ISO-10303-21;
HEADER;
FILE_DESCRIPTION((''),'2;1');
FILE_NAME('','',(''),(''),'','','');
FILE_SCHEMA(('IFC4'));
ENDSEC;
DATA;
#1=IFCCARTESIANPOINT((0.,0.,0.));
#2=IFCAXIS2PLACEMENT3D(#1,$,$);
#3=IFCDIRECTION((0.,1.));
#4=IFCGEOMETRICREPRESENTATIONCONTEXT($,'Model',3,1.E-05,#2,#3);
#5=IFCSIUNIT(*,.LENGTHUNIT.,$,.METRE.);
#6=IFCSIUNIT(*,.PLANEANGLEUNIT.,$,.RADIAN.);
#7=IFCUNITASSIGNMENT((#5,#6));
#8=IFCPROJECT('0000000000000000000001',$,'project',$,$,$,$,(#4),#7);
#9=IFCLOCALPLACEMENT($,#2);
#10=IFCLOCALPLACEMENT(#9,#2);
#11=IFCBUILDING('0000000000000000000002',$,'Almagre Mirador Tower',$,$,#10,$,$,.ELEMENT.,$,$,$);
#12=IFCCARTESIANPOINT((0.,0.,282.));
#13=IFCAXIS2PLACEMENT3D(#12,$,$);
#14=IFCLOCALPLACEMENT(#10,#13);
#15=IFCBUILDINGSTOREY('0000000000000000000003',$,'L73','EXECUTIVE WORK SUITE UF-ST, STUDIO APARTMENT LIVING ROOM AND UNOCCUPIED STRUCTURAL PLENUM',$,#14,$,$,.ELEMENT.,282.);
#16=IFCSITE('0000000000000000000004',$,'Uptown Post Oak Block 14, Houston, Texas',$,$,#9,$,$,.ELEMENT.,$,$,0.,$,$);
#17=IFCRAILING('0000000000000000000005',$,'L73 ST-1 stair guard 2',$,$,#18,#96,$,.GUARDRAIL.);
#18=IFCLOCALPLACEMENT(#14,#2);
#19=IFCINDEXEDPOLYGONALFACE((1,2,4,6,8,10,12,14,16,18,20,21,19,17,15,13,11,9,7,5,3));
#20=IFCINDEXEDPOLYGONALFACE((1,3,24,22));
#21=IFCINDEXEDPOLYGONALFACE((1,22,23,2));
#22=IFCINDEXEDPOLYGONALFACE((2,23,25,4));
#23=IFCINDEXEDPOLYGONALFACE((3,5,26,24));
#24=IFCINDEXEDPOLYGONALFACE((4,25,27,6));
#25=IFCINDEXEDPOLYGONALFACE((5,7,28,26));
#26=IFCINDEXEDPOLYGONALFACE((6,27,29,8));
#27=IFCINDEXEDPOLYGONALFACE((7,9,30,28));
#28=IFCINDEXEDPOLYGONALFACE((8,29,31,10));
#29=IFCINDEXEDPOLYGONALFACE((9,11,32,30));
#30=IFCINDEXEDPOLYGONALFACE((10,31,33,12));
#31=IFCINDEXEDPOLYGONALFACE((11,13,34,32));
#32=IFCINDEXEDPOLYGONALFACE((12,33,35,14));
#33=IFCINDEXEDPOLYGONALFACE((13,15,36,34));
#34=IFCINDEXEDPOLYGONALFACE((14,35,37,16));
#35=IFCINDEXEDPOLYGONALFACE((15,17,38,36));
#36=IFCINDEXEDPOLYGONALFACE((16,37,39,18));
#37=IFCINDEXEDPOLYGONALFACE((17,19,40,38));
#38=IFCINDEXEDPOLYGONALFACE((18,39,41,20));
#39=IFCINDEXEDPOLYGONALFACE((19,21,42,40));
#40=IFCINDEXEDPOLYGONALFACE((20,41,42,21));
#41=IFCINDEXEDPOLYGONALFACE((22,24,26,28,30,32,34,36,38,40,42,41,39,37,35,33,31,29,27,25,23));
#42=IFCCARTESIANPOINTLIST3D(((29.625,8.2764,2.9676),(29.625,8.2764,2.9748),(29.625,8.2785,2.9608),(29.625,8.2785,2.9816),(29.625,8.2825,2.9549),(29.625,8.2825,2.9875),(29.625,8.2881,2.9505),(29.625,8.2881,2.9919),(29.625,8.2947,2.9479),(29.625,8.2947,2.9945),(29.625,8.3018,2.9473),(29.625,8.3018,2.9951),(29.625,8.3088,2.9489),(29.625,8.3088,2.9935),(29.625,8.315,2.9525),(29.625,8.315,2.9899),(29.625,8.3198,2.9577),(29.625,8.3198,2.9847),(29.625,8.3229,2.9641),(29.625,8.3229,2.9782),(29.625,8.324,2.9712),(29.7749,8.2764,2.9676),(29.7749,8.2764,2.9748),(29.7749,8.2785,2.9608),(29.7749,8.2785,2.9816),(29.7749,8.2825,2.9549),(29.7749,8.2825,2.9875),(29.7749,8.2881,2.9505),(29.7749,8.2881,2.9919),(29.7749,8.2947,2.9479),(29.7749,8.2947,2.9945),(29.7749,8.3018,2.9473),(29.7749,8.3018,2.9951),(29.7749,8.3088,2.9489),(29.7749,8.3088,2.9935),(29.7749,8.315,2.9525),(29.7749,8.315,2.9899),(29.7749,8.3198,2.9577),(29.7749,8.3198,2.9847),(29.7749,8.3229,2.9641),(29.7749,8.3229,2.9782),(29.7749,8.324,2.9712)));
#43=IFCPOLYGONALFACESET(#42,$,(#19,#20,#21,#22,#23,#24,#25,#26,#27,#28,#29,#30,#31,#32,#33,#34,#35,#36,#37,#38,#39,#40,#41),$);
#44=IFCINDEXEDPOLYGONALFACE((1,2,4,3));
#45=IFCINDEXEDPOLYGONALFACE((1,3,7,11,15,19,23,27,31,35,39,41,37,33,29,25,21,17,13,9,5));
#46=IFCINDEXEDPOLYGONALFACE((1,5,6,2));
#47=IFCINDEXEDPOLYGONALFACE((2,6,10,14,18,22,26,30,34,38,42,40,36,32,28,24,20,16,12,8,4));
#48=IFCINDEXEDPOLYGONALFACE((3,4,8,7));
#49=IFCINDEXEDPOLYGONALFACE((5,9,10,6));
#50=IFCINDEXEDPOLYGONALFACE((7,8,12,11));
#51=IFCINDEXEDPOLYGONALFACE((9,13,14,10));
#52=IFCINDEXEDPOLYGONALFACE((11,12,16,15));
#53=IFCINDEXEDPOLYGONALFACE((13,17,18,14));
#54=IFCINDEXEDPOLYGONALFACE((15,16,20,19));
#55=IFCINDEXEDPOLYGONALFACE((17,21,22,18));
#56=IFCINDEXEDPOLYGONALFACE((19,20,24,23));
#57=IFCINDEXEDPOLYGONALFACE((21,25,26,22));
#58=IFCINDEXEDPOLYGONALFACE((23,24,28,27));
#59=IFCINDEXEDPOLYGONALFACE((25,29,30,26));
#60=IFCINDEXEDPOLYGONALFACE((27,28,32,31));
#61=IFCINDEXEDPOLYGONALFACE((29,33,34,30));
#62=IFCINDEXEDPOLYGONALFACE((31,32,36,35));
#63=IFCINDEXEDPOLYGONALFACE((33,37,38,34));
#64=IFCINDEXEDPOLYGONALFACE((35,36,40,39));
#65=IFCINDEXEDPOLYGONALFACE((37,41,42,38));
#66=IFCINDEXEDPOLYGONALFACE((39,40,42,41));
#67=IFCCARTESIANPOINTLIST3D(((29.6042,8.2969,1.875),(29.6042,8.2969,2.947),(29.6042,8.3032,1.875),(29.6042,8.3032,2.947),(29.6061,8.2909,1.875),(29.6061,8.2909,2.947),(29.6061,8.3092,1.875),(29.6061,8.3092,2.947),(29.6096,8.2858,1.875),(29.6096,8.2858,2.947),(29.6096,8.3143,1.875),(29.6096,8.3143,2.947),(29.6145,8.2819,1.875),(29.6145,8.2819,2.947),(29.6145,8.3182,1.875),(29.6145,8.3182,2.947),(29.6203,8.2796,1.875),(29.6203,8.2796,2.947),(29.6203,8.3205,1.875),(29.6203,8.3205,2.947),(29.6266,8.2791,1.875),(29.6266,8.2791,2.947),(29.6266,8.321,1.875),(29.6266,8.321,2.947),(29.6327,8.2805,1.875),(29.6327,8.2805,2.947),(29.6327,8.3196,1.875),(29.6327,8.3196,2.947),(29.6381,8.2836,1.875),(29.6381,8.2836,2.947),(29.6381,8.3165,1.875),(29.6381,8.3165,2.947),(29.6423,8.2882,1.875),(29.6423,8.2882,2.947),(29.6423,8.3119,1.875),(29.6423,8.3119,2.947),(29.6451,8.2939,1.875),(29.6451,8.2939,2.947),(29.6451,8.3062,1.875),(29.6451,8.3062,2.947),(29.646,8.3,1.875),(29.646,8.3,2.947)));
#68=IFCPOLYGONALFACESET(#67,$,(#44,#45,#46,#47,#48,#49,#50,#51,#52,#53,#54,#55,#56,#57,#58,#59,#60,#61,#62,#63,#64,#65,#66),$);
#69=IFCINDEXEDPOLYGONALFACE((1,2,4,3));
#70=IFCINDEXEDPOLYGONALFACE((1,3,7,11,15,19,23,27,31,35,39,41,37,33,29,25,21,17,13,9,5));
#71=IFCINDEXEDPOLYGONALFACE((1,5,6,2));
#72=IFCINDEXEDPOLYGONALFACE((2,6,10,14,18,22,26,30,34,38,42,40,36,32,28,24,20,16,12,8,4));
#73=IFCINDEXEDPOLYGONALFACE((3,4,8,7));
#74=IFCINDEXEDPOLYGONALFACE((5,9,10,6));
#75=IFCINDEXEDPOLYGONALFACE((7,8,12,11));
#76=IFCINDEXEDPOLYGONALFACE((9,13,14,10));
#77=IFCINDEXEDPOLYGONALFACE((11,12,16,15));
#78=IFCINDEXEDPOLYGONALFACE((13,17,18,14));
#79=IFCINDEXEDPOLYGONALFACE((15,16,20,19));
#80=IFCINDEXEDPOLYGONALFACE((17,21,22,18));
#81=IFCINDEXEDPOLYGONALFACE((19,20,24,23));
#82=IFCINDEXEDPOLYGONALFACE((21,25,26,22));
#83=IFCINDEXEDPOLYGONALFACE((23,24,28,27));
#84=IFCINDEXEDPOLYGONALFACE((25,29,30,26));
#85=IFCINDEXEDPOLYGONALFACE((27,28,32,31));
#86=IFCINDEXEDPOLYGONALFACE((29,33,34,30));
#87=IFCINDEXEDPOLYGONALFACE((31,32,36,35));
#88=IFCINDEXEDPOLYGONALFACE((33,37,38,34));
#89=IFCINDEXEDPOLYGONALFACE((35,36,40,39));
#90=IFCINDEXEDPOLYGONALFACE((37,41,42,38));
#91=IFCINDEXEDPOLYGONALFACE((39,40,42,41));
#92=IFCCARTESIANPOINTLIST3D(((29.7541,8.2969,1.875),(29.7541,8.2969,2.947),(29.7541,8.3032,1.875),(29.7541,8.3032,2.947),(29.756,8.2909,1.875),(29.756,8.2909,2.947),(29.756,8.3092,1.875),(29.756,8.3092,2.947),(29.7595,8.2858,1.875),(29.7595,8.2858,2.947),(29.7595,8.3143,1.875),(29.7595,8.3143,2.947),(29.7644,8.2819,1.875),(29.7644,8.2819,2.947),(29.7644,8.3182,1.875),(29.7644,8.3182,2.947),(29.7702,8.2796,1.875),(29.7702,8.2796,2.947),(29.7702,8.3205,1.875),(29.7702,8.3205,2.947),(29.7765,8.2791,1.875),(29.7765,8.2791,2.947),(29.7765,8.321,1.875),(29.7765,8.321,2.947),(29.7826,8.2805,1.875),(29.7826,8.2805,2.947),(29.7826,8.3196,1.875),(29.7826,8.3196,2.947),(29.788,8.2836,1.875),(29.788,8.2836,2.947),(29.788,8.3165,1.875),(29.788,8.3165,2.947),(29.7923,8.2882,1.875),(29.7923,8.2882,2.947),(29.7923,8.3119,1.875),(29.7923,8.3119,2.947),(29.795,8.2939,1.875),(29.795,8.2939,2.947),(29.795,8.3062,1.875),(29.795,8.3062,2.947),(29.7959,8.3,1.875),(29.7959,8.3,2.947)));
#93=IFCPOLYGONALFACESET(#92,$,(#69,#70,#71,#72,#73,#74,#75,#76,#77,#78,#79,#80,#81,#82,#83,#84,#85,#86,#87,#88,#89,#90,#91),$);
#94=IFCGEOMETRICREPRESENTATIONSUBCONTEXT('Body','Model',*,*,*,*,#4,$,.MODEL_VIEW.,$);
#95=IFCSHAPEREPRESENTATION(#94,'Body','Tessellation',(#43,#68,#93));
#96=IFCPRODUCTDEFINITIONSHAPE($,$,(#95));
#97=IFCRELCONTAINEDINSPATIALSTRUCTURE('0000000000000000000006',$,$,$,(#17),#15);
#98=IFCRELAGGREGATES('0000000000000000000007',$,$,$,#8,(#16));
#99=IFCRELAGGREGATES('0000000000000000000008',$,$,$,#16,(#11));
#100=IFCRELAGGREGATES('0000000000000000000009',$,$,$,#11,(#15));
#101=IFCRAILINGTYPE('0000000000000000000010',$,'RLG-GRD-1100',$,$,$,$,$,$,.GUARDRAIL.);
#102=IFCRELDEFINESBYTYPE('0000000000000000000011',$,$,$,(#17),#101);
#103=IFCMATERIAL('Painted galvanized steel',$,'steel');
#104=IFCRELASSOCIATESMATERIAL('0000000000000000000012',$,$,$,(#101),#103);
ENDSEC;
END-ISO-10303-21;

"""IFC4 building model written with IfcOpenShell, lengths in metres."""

from ifc_helpers import new_model, si_unit, direction, frame, origin, origin_2d, place, context, subcontext, project, spatial, circle, extrude, material, type_object, element, save


model = new_model("IFC4")

# Units and contexts
model_context = context("Model", 3, precision=1e-05, world=origin(), true_north=direction((0.0, 1.0)))
body_context = subcontext(model_context, "Body", "Model", "MODEL_VIEW")
ifc_project = project(units=[si_unit("LENGTHUNIT", "METRE"), si_unit("PLANEANGLEUNIT", "RADIAN")], contexts=[model_context])

# Site, building, storey
site_placement = place(None, origin())
site = spatial("IfcSite", under=ifc_project, at=site_placement, Name="Uptown Post Oak Block 14, Houston, Texas", CompositionType="ELEMENT", RefElevation=0.0)
building_placement = place(site_placement, origin())
building = spatial("IfcBuilding", under=site, at=building_placement, Name="Almagre Mirador Tower", CompositionType="ELEMENT")
storey_placement = place(building_placement, frame((0.0, 0.0, 282.0)))
storey = spatial("IfcBuildingStorey", under=building, at=storey_placement, Name="L73", Description="EXECUTIVE WORK SUITE UF-ST, STUDIO APARTMENT LIVING ROOM AND UNOCCUPIED STRUCTURAL PLENUM", CompositionType="ELEMENT", Elevation=282.0)

# Railing
ifc_material_1 = material(Name="Painted galvanized steel", Category="steel")
railing_type = type_object("IfcRailingType", Name="RLG-GRD-1100", PredefinedType="GUARDRAIL", material=ifc_material_1)
railing_placement = place(storey_placement, frame((29.625, 8.3, 1.875)))
element("IfcRailing", 1, at=railing_placement, inside=storey, type_object=railing_type, Name="L73 ST-1 stair guard 2", PredefinedType="GUARDRAIL", context=body_context, shape_type="SweptSolid", body=[
    extrude(circle(Radius=0.0239, at=origin_2d()), frame((0.0, 0.0, 1.0962), z_axis=(1.0, 0.0, 0.0), x_axis=(0.0, 1.0, 0.0)), (0.0, 0.0, 1.0), 0.1499),
    extrude(circle(Radius=0.021, at=origin_2d()), origin(), (0.0, 0.0, 1.0), 1.072),
    extrude(circle(Radius=0.021, at=origin_2d()), frame((0.1499, 0.0, 0.0)), (0.0, 0.0, 1.0), 1.072),
])

save(model, "model.ifc")
